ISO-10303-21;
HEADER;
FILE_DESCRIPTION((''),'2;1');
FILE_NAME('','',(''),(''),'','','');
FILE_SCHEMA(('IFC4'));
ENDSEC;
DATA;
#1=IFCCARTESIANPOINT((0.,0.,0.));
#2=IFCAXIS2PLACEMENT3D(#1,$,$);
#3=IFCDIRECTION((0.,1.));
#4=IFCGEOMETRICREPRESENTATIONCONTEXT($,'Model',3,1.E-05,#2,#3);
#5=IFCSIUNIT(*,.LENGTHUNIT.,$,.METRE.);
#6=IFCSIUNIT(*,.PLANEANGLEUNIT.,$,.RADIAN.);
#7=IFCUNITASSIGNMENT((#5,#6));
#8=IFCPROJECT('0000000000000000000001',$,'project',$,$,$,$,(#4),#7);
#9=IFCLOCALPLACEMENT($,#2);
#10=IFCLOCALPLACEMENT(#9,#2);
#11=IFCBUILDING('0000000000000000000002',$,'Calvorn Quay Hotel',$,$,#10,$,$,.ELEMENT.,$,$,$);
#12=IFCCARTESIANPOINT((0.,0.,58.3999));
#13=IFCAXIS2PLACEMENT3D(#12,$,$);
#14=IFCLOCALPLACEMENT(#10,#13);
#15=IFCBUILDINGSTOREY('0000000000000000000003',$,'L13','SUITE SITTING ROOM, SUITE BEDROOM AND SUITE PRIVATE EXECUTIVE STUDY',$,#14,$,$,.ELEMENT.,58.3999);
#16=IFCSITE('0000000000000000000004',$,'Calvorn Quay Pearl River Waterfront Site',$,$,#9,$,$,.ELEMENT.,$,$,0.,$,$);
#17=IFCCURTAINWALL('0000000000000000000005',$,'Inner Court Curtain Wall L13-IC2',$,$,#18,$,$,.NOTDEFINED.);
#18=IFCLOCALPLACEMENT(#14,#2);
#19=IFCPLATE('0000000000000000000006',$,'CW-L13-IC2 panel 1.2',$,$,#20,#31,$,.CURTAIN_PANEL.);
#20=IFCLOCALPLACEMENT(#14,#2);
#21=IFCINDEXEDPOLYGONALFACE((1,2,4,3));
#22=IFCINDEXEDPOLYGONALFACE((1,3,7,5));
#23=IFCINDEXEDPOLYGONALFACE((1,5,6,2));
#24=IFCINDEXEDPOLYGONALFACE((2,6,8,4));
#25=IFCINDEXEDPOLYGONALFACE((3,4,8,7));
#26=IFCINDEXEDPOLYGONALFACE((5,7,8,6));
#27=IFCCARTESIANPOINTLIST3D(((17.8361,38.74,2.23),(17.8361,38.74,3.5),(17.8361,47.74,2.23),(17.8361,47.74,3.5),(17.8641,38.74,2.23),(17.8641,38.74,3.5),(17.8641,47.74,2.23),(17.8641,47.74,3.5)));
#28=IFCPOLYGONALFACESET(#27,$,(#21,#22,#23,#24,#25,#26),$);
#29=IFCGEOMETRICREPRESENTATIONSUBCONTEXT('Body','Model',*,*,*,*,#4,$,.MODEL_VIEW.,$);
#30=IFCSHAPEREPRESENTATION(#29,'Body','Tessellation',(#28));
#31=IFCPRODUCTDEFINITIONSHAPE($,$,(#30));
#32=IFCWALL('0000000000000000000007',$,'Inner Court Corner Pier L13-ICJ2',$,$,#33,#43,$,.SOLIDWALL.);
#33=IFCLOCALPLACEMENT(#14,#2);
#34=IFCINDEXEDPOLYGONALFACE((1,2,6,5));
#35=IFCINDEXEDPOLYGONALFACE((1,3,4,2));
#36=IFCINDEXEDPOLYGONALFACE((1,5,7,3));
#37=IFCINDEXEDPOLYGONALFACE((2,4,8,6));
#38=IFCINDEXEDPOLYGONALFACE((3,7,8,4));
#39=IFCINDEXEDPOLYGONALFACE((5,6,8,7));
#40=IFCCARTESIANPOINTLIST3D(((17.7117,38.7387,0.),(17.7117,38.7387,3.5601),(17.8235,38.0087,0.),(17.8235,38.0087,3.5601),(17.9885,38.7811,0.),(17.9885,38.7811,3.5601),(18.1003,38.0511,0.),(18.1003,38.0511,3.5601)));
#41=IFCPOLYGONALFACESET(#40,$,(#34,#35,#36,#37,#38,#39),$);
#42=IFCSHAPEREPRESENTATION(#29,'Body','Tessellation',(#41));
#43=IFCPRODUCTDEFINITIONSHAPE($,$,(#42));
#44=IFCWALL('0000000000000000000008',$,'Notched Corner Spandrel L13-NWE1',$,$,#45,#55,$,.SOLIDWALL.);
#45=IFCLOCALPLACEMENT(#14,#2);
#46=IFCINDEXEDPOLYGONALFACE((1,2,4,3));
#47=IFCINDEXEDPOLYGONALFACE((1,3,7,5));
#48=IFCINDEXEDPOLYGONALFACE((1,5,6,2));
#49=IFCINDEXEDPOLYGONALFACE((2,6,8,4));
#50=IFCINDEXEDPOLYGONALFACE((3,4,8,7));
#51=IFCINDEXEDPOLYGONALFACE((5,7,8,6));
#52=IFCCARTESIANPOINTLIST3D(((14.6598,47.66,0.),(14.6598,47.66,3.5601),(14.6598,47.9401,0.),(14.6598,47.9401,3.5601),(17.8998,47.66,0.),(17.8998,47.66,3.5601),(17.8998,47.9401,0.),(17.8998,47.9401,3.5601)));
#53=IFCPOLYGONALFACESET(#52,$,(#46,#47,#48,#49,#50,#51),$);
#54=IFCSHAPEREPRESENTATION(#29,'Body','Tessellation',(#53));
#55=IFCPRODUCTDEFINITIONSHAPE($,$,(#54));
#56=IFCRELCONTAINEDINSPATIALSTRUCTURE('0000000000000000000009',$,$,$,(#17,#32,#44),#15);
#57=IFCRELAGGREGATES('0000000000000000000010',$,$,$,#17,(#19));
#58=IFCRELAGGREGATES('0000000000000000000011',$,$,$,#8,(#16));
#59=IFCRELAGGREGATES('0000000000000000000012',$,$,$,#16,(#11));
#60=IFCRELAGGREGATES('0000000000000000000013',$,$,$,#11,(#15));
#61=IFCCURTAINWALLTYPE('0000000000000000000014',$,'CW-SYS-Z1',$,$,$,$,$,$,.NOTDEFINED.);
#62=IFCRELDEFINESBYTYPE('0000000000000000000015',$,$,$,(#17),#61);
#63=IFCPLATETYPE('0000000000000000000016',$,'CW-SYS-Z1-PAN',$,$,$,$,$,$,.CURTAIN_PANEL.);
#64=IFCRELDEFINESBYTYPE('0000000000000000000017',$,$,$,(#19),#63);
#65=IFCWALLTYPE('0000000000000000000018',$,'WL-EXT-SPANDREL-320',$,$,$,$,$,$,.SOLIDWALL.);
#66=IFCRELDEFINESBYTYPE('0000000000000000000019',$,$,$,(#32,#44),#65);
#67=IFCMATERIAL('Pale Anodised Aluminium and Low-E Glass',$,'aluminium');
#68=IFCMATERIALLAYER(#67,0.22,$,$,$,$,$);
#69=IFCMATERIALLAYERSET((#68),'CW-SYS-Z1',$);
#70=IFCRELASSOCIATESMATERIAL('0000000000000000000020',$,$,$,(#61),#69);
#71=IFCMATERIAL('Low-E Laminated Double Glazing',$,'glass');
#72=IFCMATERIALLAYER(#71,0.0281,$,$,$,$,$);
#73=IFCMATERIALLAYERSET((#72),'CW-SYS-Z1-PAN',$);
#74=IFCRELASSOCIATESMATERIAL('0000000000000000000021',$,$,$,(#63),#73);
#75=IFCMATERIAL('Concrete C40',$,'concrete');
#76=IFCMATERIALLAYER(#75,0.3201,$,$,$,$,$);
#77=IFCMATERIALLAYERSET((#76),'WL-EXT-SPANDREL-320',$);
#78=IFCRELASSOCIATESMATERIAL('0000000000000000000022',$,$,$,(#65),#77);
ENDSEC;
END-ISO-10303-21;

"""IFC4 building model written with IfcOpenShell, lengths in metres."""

from ifc_helpers import new_model, si_unit, direction, frame, frame_2d, origin, origin_2d, place, context, subcontext, project, spatial, rectangle, extrude, material, layer, layer_set, type_object, element, aggregate, save


model = new_model("IFC4")

# Units and contexts
model_context = context("Model", 3, precision=1e-05, world=origin(), true_north=direction((0.0, 1.0)))
body_context = subcontext(model_context, "Body", "Model", "MODEL_VIEW")
ifc_project = project(units=[si_unit("LENGTHUNIT", "METRE"), si_unit("PLANEANGLEUNIT", "RADIAN")], contexts=[model_context])

# Site, building, storey
site_placement = place(None, origin())
site = spatial("IfcSite", under=ifc_project, at=site_placement, Name="Calvorn Quay Pearl River Waterfront Site", CompositionType="ELEMENT", RefElevation=0.0)
building_placement = place(site_placement, origin())
building = spatial("IfcBuilding", under=site, at=building_placement, Name="Calvorn Quay Hotel", CompositionType="ELEMENT")
storey_placement = place(building_placement, frame((0.0, 0.0, 58.3999)))
storey = spatial("IfcBuildingStorey", under=building, at=storey_placement, Name="L13", Description="SUITE SITTING ROOM, SUITE BEDROOM AND SUITE PRIVATE EXECUTIVE STUDY", CompositionType="ELEMENT", Elevation=58.3999)

# Shared definitions
ifc_material_1 = material(Name="Pale Anodised Aluminium and Low-E Glass", Category="aluminium")
ifc_layer_1 = layer(ifc_material_1, 0.22)
ifc_layer_set_1 = layer_set([ifc_layer_1], Name="CW-SYS-Z1")
curtain_wall_type = type_object("IfcCurtainWallType", Name="CW-SYS-Z1", PredefinedType="NOTDEFINED", material=ifc_layer_set_1)

# Curtain wall
curtain_wall_1_placement = place(storey_placement, origin())
curtain_wall_1 = element("IfcCurtainWall", 1, at=curtain_wall_1_placement, inside=storey, type_object=curtain_wall_type, Name="Inner Court Curtain Wall L13-IC2", PredefinedType="NOTDEFINED")

# Plate
ifc_material_2 = material(Name="Low-E Laminated Double Glazing", Category="glass")
ifc_layer_2 = layer(ifc_material_2, 0.0281)
ifc_layer_set_2 = layer_set([ifc_layer_2], Name="CW-SYS-Z1-PAN")
plate_type = type_object("IfcPlateType", Name="CW-SYS-Z1-PAN", PredefinedType="CURTAIN_PANEL", material=ifc_layer_set_2)
plate_1_placement = place(storey_placement, frame((17.8501, 43.24, 2.23), z_axis=(0.0, 0.0, 1.0), x_axis=(0.0, 1.0, 0.0)))
plate_1 = element("IfcPlate", 2, at=plate_1_placement, type_object=plate_type, Name="CW-L13-IC2 panel 1.2", PredefinedType="CURTAIN_PANEL", context=body_context, shape_type="SweptSolid", body=[
    extrude(rectangle(XDim=9.0, YDim=0.0281, at=origin_2d()), origin(), (0.0, 0.0, 1.0), 1.27),
])
aggregate(curtain_wall_1, [plate_1])

# Walls
ifc_material_3 = material(Name="Concrete C40", Category="concrete")
ifc_layer_3 = layer(ifc_material_3, 0.3201)
ifc_layer_set_3 = layer_set([ifc_layer_3], Name="WL-EXT-SPANDREL-320")
wall_type = type_object("IfcWallType", Name="WL-EXT-SPANDREL-320", PredefinedType="SOLIDWALL", material=ifc_layer_set_3)
wall_1_placement = place(storey_placement, frame((17.9619, 38.03, 0.0), z_axis=(0.0, 0.0, 1.0), x_axis=(-0.151411, 0.988471, 0.0)))
element("IfcWall", 3, at=wall_1_placement, inside=storey, type_object=wall_type, Name="Inner Court Corner Pier L13-ICJ2", PredefinedType="SOLIDWALL", context=body_context, shape_type="SweptSolid", body=[
    extrude(rectangle(XDim=0.7385, YDim=0.28, at=frame_2d((0.3691, 0.0))), origin(), (0.0, 0.0, 1.0), 3.5601),
])
wall_2_placement = place(storey_placement, frame((17.8999, 47.8, 0.0), z_axis=(0.0, 0.0, 1.0), x_axis=(-1.0, 0.0, 0.0)))
element("IfcWall", 4, at=wall_2_placement, inside=storey, type_object=wall_type, Name="Notched Corner Spandrel L13-NWE1", PredefinedType="SOLIDWALL", context=body_context, shape_type="SweptSolid", body=[
    extrude(rectangle(XDim=3.24, YDim=0.28, at=frame_2d((1.6201, 0.0))), origin(), (0.0, 0.0, 1.0), 3.5601),
])

save(model, "model.ifc")
